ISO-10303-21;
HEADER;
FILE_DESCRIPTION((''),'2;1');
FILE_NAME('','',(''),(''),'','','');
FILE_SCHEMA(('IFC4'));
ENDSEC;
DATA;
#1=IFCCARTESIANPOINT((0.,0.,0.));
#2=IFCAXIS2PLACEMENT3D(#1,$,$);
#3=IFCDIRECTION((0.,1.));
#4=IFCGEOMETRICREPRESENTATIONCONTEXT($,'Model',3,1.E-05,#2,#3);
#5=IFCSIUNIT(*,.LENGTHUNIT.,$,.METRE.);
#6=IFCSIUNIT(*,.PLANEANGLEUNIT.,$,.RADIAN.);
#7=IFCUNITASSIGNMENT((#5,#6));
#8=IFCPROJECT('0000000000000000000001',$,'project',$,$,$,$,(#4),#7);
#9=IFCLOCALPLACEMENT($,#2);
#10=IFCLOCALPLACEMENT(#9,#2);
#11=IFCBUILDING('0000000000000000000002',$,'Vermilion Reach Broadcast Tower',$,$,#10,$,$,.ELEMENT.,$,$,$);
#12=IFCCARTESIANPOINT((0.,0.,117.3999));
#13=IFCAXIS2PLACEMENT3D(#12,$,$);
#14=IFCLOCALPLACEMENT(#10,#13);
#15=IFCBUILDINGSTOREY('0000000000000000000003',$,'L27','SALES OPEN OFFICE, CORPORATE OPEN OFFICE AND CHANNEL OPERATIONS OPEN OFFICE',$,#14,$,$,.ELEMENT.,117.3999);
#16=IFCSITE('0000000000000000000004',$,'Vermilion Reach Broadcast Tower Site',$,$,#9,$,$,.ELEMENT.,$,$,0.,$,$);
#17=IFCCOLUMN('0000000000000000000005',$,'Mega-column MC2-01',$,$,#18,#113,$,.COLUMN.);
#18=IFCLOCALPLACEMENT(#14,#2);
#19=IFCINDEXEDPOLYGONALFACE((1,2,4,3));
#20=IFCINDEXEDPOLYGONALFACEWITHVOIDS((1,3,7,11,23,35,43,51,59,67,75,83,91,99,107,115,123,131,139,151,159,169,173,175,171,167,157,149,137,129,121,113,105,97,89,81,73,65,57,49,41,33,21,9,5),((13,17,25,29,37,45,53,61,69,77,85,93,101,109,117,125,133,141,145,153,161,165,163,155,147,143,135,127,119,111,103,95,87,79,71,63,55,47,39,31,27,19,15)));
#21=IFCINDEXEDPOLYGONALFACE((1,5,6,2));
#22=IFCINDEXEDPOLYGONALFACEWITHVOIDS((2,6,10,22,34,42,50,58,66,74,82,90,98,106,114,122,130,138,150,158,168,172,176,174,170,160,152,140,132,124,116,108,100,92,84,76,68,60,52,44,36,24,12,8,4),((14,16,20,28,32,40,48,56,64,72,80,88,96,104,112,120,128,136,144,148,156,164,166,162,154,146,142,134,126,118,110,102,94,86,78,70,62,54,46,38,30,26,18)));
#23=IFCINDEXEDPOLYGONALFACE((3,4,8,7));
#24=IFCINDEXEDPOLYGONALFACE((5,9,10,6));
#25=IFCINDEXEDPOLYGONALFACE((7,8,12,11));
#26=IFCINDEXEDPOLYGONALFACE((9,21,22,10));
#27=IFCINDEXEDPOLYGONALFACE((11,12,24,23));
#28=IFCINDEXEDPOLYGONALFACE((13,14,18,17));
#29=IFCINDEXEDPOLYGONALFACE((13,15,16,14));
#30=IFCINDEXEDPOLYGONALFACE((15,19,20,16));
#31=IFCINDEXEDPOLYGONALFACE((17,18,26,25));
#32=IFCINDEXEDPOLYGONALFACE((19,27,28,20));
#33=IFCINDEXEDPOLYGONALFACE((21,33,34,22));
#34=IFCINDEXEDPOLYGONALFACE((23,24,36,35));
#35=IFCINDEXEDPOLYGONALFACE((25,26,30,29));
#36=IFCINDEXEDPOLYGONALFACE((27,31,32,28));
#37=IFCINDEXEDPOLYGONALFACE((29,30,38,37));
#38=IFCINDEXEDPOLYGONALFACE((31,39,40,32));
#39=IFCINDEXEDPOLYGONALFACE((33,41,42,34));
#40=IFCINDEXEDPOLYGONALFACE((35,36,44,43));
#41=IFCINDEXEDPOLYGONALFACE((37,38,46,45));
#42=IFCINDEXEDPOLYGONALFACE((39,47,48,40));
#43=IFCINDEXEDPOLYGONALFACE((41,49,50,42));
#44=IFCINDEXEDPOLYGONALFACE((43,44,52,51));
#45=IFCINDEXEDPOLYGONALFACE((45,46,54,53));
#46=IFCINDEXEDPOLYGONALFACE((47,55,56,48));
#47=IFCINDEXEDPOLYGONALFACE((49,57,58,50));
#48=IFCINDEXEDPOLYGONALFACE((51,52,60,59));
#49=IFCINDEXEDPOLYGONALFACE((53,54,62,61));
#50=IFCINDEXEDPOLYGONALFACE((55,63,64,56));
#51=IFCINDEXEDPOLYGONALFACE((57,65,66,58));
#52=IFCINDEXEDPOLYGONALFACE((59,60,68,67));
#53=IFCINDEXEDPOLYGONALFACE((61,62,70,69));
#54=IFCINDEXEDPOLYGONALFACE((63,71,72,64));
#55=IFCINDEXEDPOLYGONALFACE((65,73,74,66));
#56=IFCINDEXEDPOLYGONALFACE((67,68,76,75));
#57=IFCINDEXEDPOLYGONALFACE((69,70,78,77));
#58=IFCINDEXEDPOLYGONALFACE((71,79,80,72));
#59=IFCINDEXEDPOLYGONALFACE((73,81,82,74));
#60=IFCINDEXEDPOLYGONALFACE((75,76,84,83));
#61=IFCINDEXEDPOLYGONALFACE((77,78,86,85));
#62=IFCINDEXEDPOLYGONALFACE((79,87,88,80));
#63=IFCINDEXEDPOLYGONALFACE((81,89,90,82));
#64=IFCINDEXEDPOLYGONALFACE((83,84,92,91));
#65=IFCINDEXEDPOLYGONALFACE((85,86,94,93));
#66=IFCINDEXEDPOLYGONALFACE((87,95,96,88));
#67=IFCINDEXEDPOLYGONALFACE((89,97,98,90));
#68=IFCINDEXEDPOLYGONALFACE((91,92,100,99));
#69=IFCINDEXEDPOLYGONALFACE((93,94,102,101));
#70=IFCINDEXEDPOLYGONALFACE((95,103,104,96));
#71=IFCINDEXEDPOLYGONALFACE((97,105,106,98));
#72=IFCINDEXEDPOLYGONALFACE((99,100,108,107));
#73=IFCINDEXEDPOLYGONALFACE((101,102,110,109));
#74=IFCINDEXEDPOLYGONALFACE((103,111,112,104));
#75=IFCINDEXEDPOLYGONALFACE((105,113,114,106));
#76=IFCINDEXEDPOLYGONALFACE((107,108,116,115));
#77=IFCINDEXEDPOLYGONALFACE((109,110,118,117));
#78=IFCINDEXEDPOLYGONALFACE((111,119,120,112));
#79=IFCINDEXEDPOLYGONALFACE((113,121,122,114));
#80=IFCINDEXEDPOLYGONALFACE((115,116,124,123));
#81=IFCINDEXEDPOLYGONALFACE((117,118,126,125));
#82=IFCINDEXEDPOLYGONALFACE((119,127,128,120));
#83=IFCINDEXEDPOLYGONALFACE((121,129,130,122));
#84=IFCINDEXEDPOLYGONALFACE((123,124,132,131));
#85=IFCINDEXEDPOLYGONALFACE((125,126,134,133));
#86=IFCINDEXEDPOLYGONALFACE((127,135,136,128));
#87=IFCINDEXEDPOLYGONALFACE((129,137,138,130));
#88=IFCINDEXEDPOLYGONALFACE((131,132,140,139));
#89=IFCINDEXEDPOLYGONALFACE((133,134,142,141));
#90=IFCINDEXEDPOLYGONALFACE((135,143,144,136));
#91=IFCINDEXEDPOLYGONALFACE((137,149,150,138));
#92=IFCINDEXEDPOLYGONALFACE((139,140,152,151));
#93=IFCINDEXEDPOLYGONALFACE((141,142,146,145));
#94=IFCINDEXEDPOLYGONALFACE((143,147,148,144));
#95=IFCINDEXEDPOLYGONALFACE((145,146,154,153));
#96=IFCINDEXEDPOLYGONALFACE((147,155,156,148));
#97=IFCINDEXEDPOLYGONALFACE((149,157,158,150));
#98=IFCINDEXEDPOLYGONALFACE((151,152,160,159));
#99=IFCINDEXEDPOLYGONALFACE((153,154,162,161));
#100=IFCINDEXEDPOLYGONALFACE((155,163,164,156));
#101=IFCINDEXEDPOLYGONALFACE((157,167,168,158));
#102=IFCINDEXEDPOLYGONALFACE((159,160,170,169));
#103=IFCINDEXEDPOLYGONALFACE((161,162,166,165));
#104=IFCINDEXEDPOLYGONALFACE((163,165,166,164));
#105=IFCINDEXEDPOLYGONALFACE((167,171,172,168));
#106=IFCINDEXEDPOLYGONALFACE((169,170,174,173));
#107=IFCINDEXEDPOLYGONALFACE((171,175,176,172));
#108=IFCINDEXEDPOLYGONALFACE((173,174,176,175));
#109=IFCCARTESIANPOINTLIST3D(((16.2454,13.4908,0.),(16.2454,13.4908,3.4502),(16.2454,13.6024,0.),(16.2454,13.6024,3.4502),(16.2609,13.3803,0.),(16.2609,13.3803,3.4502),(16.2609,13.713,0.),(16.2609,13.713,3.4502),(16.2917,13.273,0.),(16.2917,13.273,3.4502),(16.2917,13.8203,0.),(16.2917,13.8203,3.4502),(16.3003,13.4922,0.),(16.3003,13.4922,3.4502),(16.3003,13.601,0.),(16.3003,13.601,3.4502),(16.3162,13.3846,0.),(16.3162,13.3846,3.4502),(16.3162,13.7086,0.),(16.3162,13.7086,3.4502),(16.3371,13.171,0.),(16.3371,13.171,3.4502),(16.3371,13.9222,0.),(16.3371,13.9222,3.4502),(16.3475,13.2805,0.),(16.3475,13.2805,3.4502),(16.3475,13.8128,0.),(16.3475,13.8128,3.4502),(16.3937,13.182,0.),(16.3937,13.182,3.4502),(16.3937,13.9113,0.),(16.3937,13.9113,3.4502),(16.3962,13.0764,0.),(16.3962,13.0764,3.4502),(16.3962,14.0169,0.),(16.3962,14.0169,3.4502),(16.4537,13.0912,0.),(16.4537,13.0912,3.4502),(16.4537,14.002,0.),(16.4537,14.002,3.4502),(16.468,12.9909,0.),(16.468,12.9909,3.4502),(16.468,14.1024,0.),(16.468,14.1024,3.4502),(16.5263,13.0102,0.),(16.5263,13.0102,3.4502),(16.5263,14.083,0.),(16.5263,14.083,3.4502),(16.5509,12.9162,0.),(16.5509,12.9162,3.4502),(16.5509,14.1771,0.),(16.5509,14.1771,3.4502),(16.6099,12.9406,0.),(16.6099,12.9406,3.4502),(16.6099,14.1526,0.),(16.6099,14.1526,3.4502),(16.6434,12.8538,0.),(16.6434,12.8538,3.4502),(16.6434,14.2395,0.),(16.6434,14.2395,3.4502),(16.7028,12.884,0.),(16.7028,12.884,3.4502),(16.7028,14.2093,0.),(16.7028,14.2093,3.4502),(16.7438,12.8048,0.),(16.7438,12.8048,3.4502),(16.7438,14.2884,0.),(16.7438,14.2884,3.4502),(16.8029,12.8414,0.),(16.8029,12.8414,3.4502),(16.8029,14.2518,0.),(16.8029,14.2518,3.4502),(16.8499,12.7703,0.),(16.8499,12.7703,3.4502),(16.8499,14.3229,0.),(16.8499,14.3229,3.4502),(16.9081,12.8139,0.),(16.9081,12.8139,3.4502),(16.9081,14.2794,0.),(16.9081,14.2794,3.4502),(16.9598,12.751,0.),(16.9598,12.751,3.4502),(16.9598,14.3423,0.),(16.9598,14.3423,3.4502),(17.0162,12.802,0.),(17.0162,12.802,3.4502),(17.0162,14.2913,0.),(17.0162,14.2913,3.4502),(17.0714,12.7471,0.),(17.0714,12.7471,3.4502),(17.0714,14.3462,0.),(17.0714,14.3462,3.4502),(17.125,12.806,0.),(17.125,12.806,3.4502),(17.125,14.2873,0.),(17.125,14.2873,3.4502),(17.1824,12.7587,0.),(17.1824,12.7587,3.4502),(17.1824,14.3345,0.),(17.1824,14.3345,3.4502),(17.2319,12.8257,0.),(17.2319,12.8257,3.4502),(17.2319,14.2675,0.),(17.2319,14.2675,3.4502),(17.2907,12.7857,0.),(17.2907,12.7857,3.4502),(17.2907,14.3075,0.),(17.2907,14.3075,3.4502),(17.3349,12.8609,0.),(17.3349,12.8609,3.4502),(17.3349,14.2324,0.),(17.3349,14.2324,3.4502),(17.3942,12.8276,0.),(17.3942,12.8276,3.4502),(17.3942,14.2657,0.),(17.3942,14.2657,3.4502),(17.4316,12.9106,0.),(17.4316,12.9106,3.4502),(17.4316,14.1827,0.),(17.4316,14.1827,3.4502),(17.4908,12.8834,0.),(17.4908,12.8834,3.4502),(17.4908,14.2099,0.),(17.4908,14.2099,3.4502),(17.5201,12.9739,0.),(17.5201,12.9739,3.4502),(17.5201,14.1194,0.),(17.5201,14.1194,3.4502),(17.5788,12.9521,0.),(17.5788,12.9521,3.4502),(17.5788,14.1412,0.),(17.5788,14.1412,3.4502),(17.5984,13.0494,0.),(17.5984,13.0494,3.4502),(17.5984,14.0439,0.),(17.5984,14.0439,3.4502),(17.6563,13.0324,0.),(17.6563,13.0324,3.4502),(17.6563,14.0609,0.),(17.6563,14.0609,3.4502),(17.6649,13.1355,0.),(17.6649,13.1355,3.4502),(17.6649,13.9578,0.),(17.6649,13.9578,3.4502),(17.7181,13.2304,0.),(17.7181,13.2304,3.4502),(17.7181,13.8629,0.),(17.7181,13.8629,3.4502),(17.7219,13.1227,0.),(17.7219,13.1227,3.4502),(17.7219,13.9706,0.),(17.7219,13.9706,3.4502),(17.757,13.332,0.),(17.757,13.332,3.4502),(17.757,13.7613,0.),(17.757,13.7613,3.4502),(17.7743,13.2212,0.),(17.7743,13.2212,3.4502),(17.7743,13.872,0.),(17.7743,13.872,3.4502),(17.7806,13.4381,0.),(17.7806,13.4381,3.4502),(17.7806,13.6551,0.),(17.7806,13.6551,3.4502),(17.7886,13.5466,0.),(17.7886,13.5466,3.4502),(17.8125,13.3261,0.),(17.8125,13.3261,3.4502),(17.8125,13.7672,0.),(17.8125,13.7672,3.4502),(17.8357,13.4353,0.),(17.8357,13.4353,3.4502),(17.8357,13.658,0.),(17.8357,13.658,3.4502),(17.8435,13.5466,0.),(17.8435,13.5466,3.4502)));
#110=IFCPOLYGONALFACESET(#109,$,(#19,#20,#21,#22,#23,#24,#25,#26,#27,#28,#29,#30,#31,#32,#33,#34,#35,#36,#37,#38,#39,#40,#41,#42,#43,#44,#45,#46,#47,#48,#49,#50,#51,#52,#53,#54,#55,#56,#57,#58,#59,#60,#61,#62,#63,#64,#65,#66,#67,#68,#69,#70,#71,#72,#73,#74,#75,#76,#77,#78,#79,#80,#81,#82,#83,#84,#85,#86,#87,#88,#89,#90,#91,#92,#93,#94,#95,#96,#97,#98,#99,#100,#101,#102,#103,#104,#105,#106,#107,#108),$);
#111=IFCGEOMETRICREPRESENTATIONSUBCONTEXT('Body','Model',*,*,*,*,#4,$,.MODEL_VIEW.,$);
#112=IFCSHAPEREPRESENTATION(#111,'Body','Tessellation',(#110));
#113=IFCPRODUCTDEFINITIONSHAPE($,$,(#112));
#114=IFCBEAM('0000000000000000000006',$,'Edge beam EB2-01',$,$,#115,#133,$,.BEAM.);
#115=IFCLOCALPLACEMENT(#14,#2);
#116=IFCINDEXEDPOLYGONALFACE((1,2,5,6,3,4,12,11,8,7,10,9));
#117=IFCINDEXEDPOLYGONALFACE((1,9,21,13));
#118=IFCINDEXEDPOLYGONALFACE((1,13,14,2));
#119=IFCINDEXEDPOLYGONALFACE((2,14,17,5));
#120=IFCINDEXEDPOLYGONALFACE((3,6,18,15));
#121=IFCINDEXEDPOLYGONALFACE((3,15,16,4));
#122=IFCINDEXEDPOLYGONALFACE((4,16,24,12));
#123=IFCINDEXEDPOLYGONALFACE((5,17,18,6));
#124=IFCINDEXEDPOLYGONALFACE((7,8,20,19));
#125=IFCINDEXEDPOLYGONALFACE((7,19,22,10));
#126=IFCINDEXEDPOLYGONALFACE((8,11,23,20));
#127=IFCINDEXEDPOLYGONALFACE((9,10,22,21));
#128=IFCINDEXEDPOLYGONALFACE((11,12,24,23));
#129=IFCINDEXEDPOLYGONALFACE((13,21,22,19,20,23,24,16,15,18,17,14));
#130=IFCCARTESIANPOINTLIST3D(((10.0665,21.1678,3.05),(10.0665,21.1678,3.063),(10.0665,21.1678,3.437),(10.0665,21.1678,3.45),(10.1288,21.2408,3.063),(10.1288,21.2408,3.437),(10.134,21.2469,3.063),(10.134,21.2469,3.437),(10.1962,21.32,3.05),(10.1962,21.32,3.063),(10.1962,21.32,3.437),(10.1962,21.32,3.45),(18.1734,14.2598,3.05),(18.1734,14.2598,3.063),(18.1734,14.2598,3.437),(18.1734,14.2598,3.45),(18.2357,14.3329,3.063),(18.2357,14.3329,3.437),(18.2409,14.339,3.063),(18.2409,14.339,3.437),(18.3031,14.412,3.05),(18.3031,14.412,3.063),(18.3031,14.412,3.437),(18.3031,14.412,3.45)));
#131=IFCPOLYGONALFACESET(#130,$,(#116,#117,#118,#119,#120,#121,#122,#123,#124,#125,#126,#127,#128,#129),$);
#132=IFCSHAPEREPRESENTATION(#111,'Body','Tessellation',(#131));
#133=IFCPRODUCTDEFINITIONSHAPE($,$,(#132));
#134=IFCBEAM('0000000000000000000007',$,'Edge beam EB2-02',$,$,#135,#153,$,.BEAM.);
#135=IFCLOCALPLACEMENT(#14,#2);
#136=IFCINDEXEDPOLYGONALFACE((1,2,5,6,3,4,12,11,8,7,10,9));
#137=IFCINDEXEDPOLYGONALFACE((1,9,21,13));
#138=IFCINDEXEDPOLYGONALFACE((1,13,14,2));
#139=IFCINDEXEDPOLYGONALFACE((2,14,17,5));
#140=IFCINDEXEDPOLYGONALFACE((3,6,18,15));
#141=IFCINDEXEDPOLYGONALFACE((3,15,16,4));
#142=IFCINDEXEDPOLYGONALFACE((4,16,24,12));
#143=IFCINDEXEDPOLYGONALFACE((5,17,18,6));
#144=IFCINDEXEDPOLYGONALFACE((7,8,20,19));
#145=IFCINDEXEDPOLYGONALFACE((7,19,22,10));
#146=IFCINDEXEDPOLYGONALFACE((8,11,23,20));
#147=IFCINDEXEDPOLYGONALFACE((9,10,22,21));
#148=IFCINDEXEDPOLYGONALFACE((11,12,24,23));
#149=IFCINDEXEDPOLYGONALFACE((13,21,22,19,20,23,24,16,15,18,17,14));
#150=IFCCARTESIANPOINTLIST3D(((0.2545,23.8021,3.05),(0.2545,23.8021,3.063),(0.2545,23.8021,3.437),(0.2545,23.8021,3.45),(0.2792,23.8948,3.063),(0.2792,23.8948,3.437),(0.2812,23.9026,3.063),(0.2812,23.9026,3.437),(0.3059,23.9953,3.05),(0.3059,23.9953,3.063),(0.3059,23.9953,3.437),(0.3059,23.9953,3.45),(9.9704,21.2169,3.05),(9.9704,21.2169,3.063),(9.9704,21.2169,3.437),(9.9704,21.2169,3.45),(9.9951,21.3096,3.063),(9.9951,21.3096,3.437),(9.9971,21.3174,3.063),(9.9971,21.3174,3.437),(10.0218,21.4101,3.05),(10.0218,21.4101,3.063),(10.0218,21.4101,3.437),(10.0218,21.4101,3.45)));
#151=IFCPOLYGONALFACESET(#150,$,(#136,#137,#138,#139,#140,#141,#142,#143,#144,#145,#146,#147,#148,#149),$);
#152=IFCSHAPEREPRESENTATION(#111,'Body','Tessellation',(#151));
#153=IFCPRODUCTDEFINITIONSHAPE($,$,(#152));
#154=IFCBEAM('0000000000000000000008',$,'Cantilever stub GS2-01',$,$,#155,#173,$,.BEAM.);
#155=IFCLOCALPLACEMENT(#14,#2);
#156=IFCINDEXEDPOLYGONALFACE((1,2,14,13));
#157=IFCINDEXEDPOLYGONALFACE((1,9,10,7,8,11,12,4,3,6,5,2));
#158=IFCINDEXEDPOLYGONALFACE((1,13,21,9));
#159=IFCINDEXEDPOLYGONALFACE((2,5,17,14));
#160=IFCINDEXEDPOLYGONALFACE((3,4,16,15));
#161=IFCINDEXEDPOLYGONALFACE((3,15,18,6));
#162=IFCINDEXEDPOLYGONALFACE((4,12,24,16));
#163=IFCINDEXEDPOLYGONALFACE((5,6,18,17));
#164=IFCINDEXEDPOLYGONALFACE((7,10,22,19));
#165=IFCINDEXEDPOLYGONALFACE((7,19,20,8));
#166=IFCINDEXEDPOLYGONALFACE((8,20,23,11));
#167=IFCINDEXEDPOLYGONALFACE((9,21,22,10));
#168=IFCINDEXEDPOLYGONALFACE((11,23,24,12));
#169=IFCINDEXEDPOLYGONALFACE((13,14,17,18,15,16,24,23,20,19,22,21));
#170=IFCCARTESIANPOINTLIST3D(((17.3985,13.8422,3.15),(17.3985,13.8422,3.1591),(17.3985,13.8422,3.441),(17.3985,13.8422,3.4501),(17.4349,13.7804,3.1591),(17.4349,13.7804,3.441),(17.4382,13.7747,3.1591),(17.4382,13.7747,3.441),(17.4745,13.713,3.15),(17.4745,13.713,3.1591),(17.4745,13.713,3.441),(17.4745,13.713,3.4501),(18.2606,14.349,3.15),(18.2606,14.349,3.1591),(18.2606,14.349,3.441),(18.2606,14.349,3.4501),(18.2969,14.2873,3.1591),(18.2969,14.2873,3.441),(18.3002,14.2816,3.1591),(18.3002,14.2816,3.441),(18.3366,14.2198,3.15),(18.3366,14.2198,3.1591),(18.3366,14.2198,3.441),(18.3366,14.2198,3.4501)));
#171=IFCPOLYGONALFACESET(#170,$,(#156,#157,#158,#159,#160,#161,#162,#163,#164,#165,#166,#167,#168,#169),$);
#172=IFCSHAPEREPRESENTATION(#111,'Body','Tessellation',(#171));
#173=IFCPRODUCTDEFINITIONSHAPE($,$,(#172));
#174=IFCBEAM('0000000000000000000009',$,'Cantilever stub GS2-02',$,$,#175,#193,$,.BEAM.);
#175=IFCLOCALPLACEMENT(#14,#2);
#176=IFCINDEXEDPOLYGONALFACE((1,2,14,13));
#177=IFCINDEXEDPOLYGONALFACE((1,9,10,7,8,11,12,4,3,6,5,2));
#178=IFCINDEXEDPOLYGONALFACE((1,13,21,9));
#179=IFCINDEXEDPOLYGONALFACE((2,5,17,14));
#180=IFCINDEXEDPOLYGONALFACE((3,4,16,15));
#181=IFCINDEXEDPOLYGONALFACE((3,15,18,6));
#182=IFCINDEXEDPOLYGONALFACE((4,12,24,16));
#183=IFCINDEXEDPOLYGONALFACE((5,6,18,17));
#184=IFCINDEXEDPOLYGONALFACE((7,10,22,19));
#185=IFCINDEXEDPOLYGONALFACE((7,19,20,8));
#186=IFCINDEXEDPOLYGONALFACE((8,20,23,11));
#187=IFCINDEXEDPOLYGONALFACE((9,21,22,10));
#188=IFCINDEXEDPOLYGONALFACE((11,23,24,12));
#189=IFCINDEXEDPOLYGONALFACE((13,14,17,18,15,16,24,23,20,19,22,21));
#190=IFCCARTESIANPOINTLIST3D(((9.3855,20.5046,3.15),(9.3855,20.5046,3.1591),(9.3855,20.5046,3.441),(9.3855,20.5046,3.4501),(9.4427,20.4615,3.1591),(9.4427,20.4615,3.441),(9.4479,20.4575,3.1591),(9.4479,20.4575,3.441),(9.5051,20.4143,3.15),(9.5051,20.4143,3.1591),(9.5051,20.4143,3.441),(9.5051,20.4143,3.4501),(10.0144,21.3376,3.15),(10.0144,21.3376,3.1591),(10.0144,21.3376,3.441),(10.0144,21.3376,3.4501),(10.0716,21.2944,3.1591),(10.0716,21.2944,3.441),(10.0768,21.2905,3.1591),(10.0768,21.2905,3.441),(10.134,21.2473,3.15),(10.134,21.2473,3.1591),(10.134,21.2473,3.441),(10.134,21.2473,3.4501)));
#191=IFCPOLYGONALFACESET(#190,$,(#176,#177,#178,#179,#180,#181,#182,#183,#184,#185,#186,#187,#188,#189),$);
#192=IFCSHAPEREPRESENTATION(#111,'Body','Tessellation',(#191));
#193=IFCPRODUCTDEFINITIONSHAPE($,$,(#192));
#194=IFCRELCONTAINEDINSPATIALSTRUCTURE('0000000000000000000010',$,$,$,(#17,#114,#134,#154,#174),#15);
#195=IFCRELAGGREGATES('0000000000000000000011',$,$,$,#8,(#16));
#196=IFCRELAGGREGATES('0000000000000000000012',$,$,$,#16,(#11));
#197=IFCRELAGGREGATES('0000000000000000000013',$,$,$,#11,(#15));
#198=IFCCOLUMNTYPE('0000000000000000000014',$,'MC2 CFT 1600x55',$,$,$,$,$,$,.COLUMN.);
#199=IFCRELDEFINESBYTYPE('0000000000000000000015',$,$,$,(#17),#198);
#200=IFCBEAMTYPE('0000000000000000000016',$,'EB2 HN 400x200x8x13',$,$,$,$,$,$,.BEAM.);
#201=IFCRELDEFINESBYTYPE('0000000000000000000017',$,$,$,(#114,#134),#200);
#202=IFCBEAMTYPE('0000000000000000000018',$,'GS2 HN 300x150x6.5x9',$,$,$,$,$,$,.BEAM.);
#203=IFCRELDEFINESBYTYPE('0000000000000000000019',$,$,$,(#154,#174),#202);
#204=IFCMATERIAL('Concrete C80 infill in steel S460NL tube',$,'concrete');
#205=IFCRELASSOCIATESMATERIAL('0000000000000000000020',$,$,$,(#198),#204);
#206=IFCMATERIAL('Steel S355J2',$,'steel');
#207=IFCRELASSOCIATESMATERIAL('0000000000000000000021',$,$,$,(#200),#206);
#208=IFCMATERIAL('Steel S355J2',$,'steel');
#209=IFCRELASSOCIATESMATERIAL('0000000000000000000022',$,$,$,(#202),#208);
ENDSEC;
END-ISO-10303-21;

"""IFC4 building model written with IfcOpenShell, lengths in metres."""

from ifc_helpers import new_model, si_unit, direction, frame, origin, origin_2d, place, context, subcontext, project, spatial, hollow_circle, i_section, extrude, material, material_profile, profile_set, type_object, element, save


model = new_model("IFC4")

# Units and contexts
model_context = context("Model", 3, precision=1e-05, world=origin(), true_north=direction((0.0, 1.0)))
body_context = subcontext(model_context, "Body", "Model", "MODEL_VIEW")
ifc_project = project(units=[si_unit("LENGTHUNIT", "METRE"), si_unit("PLANEANGLEUNIT", "RADIAN")], contexts=[model_context])

# Site, building, storey
site_placement = place(None, origin())
site = spatial("IfcSite", under=ifc_project, at=site_placement, Name="Vermilion Reach Broadcast Tower Site", CompositionType="ELEMENT", RefElevation=0.0)
building_placement = place(site_placement, origin())
building = spatial("IfcBuilding", under=site, at=building_placement, Name="Vermilion Reach Broadcast Tower", CompositionType="ELEMENT")
storey_placement = place(building_placement, frame((0.0, 0.0, 117.3999)))
storey = spatial("IfcBuildingStorey", under=building, at=storey_placement, Name="L27", Description="SALES OPEN OFFICE, CORPORATE OPEN OFFICE AND CHANNEL OPERATIONS OPEN OFFICE", CompositionType="ELEMENT", Elevation=117.3999)

# Column
ifc_material_1 = material(Name="Concrete C80 infill in steel S460NL tube", Category="concrete")
ifc_material_profile_1 = material_profile(ifc_material_1, hollow_circle(Radius=0.8, WallThickness=0.0549, at=origin_2d()), Name="Concrete C80 infill in steel S460NL tube CFT 1600x55")
ifc_profile_set_1 = profile_set([ifc_material_profile_1], Name="Concrete C80 infill in steel S460NL tube")
column_type = type_object("IfcColumnType", Name="MC2 CFT 1600x55", PredefinedType="COLUMN", material=ifc_profile_set_1)
column_placement = place(storey_placement, frame((17.0435, 13.5466, 0.0), z_axis=(0.0, 0.0, 1.0), x_axis=(1.0, 0.0, 0.0)))
element("IfcColumn", 1, at=column_placement, inside=storey, type_object=column_type, Name="Mega-column MC2-01", PredefinedType="COLUMN", context=body_context, shape_type="SweptSolid", body=[
    extrude(hollow_circle(Radius=0.8, WallThickness=0.0549, at=origin_2d()), origin(), (0.0, 0.0, 1.0), 3.4502),
])

# Beams
ifc_material_2 = material(Name="Steel S355J2", Category="steel")
ifc_material_profile_2 = material_profile(ifc_material_2, i_section(OverallWidth=0.2, OverallDepth=0.3999, WebThickness=0.0081, FlangeThickness=0.0129, at=origin_2d()), Name="S355J2 HN 400x200x8x13")
ifc_profile_set_2 = profile_set([ifc_material_profile_2], Name="Steel S355J2")
beam_type_1 = type_object("IfcBeamType", Name="EB2 HN 400x200x8x13", PredefinedType="BEAM", material=ifc_profile_set_2)
beam_1_placement = place(storey_placement, frame((18.2383, 14.3359, 3.25), z_axis=(-0.761148, 0.648578, 0.0), x_axis=(-0.648578, -0.761148, 0.0)))
element("IfcBeam", 2, at=beam_1_placement, inside=storey, type_object=beam_type_1, Name="Edge beam EB2-01", PredefinedType="BEAM", context=body_context, shape_type="SweptSolid", body=[
    extrude(i_section(OverallWidth=0.2, OverallDepth=0.3999, WebThickness=0.0081, FlangeThickness=0.0129, at=origin_2d()), origin(), (0.0, 0.0, 1.0), 10.6509),
])
beam_2_placement = place(storey_placement, frame((9.9961, 21.3135, 3.25), z_axis=(-0.966375, 0.257135, 0.0), x_axis=(-0.257135, -0.966375, 0.0)))
element("IfcBeam", 3, at=beam_2_placement, inside=storey, type_object=beam_type_1, Name="Edge beam EB2-02", PredefinedType="BEAM", context=body_context, shape_type="SweptSolid", body=[
    extrude(i_section(OverallWidth=0.2, OverallDepth=0.3999, WebThickness=0.0081, FlangeThickness=0.0129, at=origin_2d()), origin(), (0.0, 0.0, 1.0), 10.054),
])
ifc_material_3 = material(Name="Steel S355J2", Category="steel")
ifc_material_profile_3 = material_profile(ifc_material_3, i_section(OverallWidth=0.1499, OverallDepth=0.3, WebThickness=0.0066, FlangeThickness=0.009, at=origin_2d()), Name="S355J2 HN 300x150x6.5x9")
ifc_profile_set_3 = profile_set([ifc_material_profile_3], Name="Steel S355J2")
beam_type_2 = type_object("IfcBeamType", Name="GS2 HN 300x150x6.5x9", PredefinedType="BEAM", material=ifc_profile_set_3)
beam_3_placement = place(storey_placement, frame((17.4365, 13.7776, 3.3), z_axis=(0.862047, 0.506828, 0.0), x_axis=(-0.506828, 0.862047, 0.0)))
element("IfcBeam", 4, at=beam_3_placement, inside=storey, type_object=beam_type_2, Name="Cantilever stub GS2-01", PredefinedType="BEAM", context=body_context, shape_type="SweptSolid", body=[
    extrude(i_section(OverallWidth=0.1499, OverallDepth=0.3, WebThickness=0.0066, FlangeThickness=0.009, at=origin_2d()), origin(), (0.0, 0.0, 1.0), 1.0),
])
beam_4_placement = place(storey_placement, frame((9.4453, 20.4595, 3.3), z_axis=(0.602542, 0.798087, 0.0), x_axis=(-0.798087, 0.602542, 0.0)))
element("IfcBeam", 5, at=beam_4_placement, inside=storey, type_object=beam_type_2, Name="Cantilever stub GS2-02", PredefinedType="BEAM", context=body_context, shape_type="SweptSolid", body=[
    extrude(i_section(OverallWidth=0.1499, OverallDepth=0.3, WebThickness=0.0066, FlangeThickness=0.009, at=origin_2d()), origin(), (0.0, 0.0, 1.0), 1.0437),
])

save(model, "model.ifc")
